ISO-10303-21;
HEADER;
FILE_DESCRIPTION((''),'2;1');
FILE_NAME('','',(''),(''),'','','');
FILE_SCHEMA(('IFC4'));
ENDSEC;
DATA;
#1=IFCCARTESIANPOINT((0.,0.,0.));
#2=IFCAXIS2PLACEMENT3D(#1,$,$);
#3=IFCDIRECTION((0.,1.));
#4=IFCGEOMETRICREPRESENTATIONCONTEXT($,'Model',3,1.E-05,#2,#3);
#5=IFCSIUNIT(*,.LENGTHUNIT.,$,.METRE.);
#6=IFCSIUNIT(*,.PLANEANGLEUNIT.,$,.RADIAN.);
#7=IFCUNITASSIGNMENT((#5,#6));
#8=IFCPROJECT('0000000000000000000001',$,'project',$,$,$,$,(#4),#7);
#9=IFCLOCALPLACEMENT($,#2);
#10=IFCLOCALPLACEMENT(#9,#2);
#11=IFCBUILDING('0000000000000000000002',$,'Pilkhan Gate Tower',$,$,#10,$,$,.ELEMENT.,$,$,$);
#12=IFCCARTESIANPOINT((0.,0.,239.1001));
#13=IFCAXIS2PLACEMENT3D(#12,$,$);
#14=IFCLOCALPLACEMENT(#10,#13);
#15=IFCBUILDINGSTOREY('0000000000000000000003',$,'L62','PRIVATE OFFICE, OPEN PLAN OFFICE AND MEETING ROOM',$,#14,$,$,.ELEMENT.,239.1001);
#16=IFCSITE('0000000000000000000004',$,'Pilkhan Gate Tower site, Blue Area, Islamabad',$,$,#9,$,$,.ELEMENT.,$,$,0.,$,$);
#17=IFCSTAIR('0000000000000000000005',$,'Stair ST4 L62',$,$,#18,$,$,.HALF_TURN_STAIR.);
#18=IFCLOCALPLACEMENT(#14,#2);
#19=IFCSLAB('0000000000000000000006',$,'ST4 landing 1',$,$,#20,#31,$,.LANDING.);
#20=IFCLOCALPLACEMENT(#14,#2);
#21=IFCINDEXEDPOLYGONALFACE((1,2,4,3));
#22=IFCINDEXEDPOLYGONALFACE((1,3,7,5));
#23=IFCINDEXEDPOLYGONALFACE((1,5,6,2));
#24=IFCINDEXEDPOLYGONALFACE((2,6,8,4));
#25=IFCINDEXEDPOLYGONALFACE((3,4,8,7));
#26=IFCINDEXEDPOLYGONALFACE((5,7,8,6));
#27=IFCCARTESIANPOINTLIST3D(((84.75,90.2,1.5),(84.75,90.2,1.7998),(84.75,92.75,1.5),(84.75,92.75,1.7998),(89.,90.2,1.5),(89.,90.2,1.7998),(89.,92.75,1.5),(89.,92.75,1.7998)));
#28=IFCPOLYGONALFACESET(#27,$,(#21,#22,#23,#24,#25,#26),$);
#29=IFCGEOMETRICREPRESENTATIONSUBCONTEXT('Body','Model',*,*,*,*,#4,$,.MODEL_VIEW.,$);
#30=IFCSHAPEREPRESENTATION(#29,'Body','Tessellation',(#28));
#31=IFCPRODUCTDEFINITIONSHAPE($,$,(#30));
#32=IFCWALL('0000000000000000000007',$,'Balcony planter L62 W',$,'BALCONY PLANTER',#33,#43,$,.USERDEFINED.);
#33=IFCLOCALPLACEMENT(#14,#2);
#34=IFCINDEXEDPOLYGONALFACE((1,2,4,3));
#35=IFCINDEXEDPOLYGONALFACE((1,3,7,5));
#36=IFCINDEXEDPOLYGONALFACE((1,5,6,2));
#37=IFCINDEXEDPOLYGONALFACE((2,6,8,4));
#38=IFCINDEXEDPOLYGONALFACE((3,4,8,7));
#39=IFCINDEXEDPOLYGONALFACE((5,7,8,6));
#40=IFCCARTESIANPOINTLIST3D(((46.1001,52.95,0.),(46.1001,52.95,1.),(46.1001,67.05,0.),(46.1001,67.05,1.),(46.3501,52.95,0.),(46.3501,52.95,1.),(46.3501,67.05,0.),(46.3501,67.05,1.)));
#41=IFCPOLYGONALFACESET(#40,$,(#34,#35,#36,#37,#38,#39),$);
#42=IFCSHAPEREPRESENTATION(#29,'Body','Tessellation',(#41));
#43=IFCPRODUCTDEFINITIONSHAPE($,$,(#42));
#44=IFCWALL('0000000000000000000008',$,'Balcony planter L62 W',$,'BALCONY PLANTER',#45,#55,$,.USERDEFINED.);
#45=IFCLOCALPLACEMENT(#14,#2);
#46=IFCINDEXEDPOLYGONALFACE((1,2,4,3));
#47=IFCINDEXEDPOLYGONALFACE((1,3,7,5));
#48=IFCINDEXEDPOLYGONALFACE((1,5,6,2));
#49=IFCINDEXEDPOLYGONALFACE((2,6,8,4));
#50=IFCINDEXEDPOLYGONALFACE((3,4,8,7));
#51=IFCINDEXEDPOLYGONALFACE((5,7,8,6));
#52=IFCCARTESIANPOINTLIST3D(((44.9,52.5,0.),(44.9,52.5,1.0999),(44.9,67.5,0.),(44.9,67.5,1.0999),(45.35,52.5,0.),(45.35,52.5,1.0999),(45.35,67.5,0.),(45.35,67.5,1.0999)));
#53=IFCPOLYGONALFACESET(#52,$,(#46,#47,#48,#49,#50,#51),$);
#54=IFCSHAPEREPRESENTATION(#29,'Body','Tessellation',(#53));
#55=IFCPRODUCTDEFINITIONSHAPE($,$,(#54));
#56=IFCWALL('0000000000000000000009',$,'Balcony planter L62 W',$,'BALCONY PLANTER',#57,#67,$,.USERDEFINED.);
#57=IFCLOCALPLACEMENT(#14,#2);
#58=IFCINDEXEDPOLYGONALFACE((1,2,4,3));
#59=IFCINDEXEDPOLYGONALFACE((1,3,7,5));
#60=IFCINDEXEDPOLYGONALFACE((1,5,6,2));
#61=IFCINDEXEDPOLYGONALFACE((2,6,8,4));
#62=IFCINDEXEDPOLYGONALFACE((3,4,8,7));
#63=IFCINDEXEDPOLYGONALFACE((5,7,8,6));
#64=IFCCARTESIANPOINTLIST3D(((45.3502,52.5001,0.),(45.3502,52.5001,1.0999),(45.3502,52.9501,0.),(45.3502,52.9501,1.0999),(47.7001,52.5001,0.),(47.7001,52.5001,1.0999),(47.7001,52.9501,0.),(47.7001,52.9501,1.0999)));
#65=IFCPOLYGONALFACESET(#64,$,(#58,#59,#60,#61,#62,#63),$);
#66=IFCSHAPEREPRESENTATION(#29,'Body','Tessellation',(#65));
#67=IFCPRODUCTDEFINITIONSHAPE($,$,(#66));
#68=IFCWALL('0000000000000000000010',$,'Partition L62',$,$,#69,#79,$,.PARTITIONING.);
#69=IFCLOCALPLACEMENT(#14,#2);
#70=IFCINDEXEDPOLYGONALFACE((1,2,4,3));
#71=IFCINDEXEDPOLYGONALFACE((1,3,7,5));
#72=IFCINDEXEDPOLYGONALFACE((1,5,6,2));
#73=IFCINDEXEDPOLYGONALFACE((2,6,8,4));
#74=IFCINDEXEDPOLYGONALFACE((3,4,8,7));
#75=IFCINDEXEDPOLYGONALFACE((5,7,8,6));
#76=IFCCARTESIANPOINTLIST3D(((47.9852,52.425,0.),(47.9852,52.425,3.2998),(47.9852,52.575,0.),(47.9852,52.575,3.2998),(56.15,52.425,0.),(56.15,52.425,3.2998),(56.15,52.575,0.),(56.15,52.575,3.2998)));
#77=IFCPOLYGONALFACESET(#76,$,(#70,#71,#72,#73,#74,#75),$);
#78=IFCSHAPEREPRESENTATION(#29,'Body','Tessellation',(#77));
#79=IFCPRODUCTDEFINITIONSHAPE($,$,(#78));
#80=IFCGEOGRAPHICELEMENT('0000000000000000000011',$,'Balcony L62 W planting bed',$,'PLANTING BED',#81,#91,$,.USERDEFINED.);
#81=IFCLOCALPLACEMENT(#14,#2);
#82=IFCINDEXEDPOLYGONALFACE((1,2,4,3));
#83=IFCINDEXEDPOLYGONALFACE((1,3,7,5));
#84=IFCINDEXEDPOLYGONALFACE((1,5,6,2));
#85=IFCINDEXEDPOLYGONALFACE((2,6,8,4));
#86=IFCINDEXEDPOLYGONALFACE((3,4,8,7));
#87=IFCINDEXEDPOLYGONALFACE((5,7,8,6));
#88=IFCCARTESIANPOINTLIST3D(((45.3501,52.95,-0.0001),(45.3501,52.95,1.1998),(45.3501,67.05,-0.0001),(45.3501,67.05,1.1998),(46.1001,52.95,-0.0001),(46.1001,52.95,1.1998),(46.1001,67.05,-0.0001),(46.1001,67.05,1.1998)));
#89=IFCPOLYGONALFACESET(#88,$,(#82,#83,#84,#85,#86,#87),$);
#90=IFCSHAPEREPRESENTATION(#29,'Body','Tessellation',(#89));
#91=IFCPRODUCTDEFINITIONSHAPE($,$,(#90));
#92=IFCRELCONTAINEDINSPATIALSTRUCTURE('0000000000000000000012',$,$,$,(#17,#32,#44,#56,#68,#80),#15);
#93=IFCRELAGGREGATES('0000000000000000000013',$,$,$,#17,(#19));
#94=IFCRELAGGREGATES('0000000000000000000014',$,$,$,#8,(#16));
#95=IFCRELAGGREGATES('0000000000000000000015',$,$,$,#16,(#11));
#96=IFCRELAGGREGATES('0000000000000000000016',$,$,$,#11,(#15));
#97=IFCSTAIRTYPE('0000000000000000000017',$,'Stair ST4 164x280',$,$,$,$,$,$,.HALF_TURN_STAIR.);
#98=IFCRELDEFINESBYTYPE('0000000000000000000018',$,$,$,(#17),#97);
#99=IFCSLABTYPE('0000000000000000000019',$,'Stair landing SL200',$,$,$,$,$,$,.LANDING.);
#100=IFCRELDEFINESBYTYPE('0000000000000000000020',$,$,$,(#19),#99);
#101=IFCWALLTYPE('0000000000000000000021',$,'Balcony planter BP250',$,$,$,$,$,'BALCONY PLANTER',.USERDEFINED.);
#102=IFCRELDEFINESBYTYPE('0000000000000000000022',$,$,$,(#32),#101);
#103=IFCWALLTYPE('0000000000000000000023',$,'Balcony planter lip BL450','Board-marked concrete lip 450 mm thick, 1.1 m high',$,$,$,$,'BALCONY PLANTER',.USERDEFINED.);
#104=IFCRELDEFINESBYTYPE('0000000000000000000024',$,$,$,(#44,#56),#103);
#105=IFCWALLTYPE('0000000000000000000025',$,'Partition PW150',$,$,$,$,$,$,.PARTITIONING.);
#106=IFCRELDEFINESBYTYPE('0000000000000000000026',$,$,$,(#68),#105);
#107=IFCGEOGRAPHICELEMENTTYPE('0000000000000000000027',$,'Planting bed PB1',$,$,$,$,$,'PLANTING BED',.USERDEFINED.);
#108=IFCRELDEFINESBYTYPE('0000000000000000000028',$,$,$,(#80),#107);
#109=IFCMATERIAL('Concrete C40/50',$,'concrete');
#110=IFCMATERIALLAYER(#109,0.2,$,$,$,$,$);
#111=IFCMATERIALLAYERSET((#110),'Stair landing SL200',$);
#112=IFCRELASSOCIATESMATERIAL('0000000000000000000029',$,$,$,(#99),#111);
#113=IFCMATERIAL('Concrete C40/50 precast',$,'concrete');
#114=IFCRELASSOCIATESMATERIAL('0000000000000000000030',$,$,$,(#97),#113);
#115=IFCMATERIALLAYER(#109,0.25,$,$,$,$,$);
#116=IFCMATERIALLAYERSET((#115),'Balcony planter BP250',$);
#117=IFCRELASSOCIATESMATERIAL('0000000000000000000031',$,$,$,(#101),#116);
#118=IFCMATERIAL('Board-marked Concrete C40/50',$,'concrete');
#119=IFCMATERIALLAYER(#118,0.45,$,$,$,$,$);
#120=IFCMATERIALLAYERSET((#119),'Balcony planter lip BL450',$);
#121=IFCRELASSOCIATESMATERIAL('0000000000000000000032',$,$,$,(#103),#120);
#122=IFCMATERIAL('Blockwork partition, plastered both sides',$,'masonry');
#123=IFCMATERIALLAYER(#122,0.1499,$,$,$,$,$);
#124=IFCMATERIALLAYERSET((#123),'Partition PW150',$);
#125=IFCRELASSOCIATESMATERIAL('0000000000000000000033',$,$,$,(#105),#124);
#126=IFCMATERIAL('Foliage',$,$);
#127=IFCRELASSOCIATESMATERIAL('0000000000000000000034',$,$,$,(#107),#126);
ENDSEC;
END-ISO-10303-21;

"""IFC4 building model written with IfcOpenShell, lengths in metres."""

from ifc_helpers import new_model, si_unit, direction, frame, frame_2d, origin, origin_2d, place, context, subcontext, project, spatial, polyline, rectangle, outline, extrude, material, layer, layer_set, material_profile, profile_set, type_object, element, aggregate, save


model = new_model("IFC4")

# Units and contexts
model_context = context("Model", 3, precision=1e-05, world=origin(), true_north=direction((0.0, 1.0)))
body_context = subcontext(model_context, "Body", "Model", "MODEL_VIEW")
ifc_project = project(units=[si_unit("LENGTHUNIT", "METRE"), si_unit("PLANEANGLEUNIT", "RADIAN")], contexts=[model_context])

# Site, building, storey
site_placement = place(None, origin())
site = spatial("IfcSite", under=ifc_project, at=site_placement, Name="Pilkhan Gate Tower site, Blue Area, Islamabad", CompositionType="ELEMENT", RefElevation=0.0)
building_placement = place(site_placement, origin())
building = spatial("IfcBuilding", under=site, at=building_placement, Name="Pilkhan Gate Tower", CompositionType="ELEMENT")
storey_placement = place(building_placement, frame((0.0, 0.0, 239.1001)))
storey = spatial("IfcBuildingStorey", under=building, at=storey_placement, Name="L62", Description="PRIVATE OFFICE, OPEN PLAN OFFICE AND MEETING ROOM", CompositionType="ELEMENT", Elevation=239.1001)

# Shared definitions
ifc_material_1 = material(Name="Concrete C40/50", Category="concrete")

# Stair, slab
ifc_material_2 = material(Name="Concrete C40/50 precast", Category="concrete")
ifc_layer_1 = layer(ifc_material_1, 0.2)
ifc_layer_set_1 = layer_set([ifc_layer_1], Name="Stair landing SL200")
slab_type_1 = type_object("IfcSlabType", Name="Stair landing SL200", PredefinedType="LANDING", material=ifc_layer_set_1)
stair_type_1 = type_object("IfcStairType", Name="Stair ST4 164x280", PredefinedType="HALF_TURN_STAIR", material=ifc_material_2)
stair_1_placement = place(storey_placement, origin())
stair_1 = element("IfcStair", 1, at=stair_1_placement, inside=storey, type_object=stair_type_1, Name="Stair ST4 L62", PredefinedType="HALF_TURN_STAIR")
slab_1_placement = place(storey_placement, frame((0.0, 0.0, 1.5)))
slab_1 = element("IfcSlab", 2, at=slab_1_placement, type_object=slab_type_1, Name="ST4 landing 1", PredefinedType="LANDING", context=body_context, shape_type="SweptSolid", body=[
    extrude(outline(polyline([(89.0, 90.2), (89.0, 92.75), (84.75, 92.75), (84.75, 90.2), (89.0, 90.2)])), origin(), (0.0, 0.0, 1.0), 0.2998),
])
aggregate(stair_1, [slab_1])

# Walls
ifc_layer_2 = layer(ifc_material_1, 0.25)
ifc_layer_set_2 = layer_set([ifc_layer_2], Name="Balcony planter BP250")
wall_type_1 = type_object("IfcWallType", Name="Balcony planter BP250", ElementType="BALCONY PLANTER", PredefinedType="USERDEFINED", material=ifc_layer_set_2)
wall_1_placement = place(storey_placement, frame((46.2251, 52.95, 0.0), z_axis=(0.0, 0.0, 1.0), x_axis=(0.0, 1.0, 0.0)))
element("IfcWall", 3, at=wall_1_placement, inside=storey, type_object=wall_type_1, Name="Balcony planter L62 W", ObjectType="BALCONY PLANTER", PredefinedType="USERDEFINED", context=body_context, shape_type="SweptSolid", body=[
    extrude(rectangle(XDim=14.1001, YDim=0.25, at=frame_2d((7.05, 0.0))), origin(), (0.0, 0.0, 1.0), 1.0),
])
ifc_material_3 = material(Name="Board-marked Concrete C40/50", Category="concrete")
ifc_layer_3 = layer(ifc_material_3, 0.45)
ifc_layer_set_3 = layer_set([ifc_layer_3], Name="Balcony planter lip BL450")
wall_type_2 = type_object("IfcWallType", Name="Balcony planter lip BL450", Description="Board-marked concrete lip 450 mm thick, 1.1 m high", ElementType="BALCONY PLANTER", PredefinedType="USERDEFINED", material=ifc_layer_set_3)
wall_2_placement = place(storey_placement, frame((45.125, 52.5, 0.0), z_axis=(0.0, 0.0, 1.0), x_axis=(0.0, 1.0, 0.0)))
element("IfcWall", 4, at=wall_2_placement, inside=storey, type_object=wall_type_2, Name="Balcony planter L62 W", ObjectType="BALCONY PLANTER", PredefinedType="USERDEFINED", context=body_context, shape_type="SweptSolid", body=[
    extrude(rectangle(XDim=15.0, YDim=0.45, at=frame_2d((7.5, 0.0))), origin(), (0.0, 0.0, 1.0), 1.0999),
])
wall_3_placement = place(storey_placement, frame((47.7, 52.7251, 0.0), z_axis=(0.0, 0.0, 1.0), x_axis=(-1.0, 0.0, 0.0)))
element("IfcWall", 5, at=wall_3_placement, inside=storey, type_object=wall_type_2, Name="Balcony planter L62 W", ObjectType="BALCONY PLANTER", PredefinedType="USERDEFINED", context=body_context, shape_type="SweptSolid", body=[
    extrude(rectangle(XDim=2.3499, YDim=0.45, at=frame_2d((1.1748, 0.0))), origin(), (0.0, 0.0, 1.0), 1.0999),
])
ifc_material_4 = material(Name="Blockwork partition, plastered both sides", Category="masonry")
ifc_layer_4 = layer(ifc_material_4, 0.1499)
ifc_layer_set_4 = layer_set([ifc_layer_4], Name="Partition PW150")
wall_type_3 = type_object("IfcWallType", Name="Partition PW150", PredefinedType="PARTITIONING", material=ifc_layer_set_4)
wall_4_placement = place(storey_placement, frame((47.9851, 52.5, 0.0), z_axis=(0.0, 0.0, 1.0), x_axis=(1.0, 0.0, 0.0)))
element("IfcWall", 6, at=wall_4_placement, inside=storey, type_object=wall_type_3, Name="Partition L62", PredefinedType="PARTITIONING", context=body_context, shape_type="SweptSolid", body=[
    extrude(rectangle(XDim=8.1648, YDim=0.1499, at=frame_2d((4.0825, 0.0))), origin(), (0.0, 0.0, 1.0), 3.2998),
])

# Geographic element
ifc_material_5 = material(Name="Foliage")
ifc_material_profile_1 = material_profile(ifc_material_5, rectangle(XDim=0.75, YDim=1.2, at=origin_2d()), Name="Bed 750x1200")
ifc_profile_set_1 = profile_set([ifc_material_profile_1], Name="Foliage")
geographic_element_type = type_object("IfcGeographicElementType", Name="Planting bed PB1", ElementType="PLANTING BED", PredefinedType="USERDEFINED", material=ifc_profile_set_1)
geographic_element_placement = place(storey_placement, frame((45.7251, 52.95, 0.5999), z_axis=(0.0, 1.0, 0.0), x_axis=(-1.0, 0.0, 0.0)))
element("IfcGeographicElement", 7, at=geographic_element_placement, inside=storey, type_object=geographic_element_type, Name="Balcony L62 W planting bed", ObjectType="PLANTING BED", PredefinedType="USERDEFINED", context=body_context, shape_type="SweptSolid", body=[
    extrude(rectangle(XDim=0.75, YDim=1.2, at=origin_2d()), origin(), (0.0, 0.0, 1.0), 14.1001),
])

save(model, "model.ifc")
